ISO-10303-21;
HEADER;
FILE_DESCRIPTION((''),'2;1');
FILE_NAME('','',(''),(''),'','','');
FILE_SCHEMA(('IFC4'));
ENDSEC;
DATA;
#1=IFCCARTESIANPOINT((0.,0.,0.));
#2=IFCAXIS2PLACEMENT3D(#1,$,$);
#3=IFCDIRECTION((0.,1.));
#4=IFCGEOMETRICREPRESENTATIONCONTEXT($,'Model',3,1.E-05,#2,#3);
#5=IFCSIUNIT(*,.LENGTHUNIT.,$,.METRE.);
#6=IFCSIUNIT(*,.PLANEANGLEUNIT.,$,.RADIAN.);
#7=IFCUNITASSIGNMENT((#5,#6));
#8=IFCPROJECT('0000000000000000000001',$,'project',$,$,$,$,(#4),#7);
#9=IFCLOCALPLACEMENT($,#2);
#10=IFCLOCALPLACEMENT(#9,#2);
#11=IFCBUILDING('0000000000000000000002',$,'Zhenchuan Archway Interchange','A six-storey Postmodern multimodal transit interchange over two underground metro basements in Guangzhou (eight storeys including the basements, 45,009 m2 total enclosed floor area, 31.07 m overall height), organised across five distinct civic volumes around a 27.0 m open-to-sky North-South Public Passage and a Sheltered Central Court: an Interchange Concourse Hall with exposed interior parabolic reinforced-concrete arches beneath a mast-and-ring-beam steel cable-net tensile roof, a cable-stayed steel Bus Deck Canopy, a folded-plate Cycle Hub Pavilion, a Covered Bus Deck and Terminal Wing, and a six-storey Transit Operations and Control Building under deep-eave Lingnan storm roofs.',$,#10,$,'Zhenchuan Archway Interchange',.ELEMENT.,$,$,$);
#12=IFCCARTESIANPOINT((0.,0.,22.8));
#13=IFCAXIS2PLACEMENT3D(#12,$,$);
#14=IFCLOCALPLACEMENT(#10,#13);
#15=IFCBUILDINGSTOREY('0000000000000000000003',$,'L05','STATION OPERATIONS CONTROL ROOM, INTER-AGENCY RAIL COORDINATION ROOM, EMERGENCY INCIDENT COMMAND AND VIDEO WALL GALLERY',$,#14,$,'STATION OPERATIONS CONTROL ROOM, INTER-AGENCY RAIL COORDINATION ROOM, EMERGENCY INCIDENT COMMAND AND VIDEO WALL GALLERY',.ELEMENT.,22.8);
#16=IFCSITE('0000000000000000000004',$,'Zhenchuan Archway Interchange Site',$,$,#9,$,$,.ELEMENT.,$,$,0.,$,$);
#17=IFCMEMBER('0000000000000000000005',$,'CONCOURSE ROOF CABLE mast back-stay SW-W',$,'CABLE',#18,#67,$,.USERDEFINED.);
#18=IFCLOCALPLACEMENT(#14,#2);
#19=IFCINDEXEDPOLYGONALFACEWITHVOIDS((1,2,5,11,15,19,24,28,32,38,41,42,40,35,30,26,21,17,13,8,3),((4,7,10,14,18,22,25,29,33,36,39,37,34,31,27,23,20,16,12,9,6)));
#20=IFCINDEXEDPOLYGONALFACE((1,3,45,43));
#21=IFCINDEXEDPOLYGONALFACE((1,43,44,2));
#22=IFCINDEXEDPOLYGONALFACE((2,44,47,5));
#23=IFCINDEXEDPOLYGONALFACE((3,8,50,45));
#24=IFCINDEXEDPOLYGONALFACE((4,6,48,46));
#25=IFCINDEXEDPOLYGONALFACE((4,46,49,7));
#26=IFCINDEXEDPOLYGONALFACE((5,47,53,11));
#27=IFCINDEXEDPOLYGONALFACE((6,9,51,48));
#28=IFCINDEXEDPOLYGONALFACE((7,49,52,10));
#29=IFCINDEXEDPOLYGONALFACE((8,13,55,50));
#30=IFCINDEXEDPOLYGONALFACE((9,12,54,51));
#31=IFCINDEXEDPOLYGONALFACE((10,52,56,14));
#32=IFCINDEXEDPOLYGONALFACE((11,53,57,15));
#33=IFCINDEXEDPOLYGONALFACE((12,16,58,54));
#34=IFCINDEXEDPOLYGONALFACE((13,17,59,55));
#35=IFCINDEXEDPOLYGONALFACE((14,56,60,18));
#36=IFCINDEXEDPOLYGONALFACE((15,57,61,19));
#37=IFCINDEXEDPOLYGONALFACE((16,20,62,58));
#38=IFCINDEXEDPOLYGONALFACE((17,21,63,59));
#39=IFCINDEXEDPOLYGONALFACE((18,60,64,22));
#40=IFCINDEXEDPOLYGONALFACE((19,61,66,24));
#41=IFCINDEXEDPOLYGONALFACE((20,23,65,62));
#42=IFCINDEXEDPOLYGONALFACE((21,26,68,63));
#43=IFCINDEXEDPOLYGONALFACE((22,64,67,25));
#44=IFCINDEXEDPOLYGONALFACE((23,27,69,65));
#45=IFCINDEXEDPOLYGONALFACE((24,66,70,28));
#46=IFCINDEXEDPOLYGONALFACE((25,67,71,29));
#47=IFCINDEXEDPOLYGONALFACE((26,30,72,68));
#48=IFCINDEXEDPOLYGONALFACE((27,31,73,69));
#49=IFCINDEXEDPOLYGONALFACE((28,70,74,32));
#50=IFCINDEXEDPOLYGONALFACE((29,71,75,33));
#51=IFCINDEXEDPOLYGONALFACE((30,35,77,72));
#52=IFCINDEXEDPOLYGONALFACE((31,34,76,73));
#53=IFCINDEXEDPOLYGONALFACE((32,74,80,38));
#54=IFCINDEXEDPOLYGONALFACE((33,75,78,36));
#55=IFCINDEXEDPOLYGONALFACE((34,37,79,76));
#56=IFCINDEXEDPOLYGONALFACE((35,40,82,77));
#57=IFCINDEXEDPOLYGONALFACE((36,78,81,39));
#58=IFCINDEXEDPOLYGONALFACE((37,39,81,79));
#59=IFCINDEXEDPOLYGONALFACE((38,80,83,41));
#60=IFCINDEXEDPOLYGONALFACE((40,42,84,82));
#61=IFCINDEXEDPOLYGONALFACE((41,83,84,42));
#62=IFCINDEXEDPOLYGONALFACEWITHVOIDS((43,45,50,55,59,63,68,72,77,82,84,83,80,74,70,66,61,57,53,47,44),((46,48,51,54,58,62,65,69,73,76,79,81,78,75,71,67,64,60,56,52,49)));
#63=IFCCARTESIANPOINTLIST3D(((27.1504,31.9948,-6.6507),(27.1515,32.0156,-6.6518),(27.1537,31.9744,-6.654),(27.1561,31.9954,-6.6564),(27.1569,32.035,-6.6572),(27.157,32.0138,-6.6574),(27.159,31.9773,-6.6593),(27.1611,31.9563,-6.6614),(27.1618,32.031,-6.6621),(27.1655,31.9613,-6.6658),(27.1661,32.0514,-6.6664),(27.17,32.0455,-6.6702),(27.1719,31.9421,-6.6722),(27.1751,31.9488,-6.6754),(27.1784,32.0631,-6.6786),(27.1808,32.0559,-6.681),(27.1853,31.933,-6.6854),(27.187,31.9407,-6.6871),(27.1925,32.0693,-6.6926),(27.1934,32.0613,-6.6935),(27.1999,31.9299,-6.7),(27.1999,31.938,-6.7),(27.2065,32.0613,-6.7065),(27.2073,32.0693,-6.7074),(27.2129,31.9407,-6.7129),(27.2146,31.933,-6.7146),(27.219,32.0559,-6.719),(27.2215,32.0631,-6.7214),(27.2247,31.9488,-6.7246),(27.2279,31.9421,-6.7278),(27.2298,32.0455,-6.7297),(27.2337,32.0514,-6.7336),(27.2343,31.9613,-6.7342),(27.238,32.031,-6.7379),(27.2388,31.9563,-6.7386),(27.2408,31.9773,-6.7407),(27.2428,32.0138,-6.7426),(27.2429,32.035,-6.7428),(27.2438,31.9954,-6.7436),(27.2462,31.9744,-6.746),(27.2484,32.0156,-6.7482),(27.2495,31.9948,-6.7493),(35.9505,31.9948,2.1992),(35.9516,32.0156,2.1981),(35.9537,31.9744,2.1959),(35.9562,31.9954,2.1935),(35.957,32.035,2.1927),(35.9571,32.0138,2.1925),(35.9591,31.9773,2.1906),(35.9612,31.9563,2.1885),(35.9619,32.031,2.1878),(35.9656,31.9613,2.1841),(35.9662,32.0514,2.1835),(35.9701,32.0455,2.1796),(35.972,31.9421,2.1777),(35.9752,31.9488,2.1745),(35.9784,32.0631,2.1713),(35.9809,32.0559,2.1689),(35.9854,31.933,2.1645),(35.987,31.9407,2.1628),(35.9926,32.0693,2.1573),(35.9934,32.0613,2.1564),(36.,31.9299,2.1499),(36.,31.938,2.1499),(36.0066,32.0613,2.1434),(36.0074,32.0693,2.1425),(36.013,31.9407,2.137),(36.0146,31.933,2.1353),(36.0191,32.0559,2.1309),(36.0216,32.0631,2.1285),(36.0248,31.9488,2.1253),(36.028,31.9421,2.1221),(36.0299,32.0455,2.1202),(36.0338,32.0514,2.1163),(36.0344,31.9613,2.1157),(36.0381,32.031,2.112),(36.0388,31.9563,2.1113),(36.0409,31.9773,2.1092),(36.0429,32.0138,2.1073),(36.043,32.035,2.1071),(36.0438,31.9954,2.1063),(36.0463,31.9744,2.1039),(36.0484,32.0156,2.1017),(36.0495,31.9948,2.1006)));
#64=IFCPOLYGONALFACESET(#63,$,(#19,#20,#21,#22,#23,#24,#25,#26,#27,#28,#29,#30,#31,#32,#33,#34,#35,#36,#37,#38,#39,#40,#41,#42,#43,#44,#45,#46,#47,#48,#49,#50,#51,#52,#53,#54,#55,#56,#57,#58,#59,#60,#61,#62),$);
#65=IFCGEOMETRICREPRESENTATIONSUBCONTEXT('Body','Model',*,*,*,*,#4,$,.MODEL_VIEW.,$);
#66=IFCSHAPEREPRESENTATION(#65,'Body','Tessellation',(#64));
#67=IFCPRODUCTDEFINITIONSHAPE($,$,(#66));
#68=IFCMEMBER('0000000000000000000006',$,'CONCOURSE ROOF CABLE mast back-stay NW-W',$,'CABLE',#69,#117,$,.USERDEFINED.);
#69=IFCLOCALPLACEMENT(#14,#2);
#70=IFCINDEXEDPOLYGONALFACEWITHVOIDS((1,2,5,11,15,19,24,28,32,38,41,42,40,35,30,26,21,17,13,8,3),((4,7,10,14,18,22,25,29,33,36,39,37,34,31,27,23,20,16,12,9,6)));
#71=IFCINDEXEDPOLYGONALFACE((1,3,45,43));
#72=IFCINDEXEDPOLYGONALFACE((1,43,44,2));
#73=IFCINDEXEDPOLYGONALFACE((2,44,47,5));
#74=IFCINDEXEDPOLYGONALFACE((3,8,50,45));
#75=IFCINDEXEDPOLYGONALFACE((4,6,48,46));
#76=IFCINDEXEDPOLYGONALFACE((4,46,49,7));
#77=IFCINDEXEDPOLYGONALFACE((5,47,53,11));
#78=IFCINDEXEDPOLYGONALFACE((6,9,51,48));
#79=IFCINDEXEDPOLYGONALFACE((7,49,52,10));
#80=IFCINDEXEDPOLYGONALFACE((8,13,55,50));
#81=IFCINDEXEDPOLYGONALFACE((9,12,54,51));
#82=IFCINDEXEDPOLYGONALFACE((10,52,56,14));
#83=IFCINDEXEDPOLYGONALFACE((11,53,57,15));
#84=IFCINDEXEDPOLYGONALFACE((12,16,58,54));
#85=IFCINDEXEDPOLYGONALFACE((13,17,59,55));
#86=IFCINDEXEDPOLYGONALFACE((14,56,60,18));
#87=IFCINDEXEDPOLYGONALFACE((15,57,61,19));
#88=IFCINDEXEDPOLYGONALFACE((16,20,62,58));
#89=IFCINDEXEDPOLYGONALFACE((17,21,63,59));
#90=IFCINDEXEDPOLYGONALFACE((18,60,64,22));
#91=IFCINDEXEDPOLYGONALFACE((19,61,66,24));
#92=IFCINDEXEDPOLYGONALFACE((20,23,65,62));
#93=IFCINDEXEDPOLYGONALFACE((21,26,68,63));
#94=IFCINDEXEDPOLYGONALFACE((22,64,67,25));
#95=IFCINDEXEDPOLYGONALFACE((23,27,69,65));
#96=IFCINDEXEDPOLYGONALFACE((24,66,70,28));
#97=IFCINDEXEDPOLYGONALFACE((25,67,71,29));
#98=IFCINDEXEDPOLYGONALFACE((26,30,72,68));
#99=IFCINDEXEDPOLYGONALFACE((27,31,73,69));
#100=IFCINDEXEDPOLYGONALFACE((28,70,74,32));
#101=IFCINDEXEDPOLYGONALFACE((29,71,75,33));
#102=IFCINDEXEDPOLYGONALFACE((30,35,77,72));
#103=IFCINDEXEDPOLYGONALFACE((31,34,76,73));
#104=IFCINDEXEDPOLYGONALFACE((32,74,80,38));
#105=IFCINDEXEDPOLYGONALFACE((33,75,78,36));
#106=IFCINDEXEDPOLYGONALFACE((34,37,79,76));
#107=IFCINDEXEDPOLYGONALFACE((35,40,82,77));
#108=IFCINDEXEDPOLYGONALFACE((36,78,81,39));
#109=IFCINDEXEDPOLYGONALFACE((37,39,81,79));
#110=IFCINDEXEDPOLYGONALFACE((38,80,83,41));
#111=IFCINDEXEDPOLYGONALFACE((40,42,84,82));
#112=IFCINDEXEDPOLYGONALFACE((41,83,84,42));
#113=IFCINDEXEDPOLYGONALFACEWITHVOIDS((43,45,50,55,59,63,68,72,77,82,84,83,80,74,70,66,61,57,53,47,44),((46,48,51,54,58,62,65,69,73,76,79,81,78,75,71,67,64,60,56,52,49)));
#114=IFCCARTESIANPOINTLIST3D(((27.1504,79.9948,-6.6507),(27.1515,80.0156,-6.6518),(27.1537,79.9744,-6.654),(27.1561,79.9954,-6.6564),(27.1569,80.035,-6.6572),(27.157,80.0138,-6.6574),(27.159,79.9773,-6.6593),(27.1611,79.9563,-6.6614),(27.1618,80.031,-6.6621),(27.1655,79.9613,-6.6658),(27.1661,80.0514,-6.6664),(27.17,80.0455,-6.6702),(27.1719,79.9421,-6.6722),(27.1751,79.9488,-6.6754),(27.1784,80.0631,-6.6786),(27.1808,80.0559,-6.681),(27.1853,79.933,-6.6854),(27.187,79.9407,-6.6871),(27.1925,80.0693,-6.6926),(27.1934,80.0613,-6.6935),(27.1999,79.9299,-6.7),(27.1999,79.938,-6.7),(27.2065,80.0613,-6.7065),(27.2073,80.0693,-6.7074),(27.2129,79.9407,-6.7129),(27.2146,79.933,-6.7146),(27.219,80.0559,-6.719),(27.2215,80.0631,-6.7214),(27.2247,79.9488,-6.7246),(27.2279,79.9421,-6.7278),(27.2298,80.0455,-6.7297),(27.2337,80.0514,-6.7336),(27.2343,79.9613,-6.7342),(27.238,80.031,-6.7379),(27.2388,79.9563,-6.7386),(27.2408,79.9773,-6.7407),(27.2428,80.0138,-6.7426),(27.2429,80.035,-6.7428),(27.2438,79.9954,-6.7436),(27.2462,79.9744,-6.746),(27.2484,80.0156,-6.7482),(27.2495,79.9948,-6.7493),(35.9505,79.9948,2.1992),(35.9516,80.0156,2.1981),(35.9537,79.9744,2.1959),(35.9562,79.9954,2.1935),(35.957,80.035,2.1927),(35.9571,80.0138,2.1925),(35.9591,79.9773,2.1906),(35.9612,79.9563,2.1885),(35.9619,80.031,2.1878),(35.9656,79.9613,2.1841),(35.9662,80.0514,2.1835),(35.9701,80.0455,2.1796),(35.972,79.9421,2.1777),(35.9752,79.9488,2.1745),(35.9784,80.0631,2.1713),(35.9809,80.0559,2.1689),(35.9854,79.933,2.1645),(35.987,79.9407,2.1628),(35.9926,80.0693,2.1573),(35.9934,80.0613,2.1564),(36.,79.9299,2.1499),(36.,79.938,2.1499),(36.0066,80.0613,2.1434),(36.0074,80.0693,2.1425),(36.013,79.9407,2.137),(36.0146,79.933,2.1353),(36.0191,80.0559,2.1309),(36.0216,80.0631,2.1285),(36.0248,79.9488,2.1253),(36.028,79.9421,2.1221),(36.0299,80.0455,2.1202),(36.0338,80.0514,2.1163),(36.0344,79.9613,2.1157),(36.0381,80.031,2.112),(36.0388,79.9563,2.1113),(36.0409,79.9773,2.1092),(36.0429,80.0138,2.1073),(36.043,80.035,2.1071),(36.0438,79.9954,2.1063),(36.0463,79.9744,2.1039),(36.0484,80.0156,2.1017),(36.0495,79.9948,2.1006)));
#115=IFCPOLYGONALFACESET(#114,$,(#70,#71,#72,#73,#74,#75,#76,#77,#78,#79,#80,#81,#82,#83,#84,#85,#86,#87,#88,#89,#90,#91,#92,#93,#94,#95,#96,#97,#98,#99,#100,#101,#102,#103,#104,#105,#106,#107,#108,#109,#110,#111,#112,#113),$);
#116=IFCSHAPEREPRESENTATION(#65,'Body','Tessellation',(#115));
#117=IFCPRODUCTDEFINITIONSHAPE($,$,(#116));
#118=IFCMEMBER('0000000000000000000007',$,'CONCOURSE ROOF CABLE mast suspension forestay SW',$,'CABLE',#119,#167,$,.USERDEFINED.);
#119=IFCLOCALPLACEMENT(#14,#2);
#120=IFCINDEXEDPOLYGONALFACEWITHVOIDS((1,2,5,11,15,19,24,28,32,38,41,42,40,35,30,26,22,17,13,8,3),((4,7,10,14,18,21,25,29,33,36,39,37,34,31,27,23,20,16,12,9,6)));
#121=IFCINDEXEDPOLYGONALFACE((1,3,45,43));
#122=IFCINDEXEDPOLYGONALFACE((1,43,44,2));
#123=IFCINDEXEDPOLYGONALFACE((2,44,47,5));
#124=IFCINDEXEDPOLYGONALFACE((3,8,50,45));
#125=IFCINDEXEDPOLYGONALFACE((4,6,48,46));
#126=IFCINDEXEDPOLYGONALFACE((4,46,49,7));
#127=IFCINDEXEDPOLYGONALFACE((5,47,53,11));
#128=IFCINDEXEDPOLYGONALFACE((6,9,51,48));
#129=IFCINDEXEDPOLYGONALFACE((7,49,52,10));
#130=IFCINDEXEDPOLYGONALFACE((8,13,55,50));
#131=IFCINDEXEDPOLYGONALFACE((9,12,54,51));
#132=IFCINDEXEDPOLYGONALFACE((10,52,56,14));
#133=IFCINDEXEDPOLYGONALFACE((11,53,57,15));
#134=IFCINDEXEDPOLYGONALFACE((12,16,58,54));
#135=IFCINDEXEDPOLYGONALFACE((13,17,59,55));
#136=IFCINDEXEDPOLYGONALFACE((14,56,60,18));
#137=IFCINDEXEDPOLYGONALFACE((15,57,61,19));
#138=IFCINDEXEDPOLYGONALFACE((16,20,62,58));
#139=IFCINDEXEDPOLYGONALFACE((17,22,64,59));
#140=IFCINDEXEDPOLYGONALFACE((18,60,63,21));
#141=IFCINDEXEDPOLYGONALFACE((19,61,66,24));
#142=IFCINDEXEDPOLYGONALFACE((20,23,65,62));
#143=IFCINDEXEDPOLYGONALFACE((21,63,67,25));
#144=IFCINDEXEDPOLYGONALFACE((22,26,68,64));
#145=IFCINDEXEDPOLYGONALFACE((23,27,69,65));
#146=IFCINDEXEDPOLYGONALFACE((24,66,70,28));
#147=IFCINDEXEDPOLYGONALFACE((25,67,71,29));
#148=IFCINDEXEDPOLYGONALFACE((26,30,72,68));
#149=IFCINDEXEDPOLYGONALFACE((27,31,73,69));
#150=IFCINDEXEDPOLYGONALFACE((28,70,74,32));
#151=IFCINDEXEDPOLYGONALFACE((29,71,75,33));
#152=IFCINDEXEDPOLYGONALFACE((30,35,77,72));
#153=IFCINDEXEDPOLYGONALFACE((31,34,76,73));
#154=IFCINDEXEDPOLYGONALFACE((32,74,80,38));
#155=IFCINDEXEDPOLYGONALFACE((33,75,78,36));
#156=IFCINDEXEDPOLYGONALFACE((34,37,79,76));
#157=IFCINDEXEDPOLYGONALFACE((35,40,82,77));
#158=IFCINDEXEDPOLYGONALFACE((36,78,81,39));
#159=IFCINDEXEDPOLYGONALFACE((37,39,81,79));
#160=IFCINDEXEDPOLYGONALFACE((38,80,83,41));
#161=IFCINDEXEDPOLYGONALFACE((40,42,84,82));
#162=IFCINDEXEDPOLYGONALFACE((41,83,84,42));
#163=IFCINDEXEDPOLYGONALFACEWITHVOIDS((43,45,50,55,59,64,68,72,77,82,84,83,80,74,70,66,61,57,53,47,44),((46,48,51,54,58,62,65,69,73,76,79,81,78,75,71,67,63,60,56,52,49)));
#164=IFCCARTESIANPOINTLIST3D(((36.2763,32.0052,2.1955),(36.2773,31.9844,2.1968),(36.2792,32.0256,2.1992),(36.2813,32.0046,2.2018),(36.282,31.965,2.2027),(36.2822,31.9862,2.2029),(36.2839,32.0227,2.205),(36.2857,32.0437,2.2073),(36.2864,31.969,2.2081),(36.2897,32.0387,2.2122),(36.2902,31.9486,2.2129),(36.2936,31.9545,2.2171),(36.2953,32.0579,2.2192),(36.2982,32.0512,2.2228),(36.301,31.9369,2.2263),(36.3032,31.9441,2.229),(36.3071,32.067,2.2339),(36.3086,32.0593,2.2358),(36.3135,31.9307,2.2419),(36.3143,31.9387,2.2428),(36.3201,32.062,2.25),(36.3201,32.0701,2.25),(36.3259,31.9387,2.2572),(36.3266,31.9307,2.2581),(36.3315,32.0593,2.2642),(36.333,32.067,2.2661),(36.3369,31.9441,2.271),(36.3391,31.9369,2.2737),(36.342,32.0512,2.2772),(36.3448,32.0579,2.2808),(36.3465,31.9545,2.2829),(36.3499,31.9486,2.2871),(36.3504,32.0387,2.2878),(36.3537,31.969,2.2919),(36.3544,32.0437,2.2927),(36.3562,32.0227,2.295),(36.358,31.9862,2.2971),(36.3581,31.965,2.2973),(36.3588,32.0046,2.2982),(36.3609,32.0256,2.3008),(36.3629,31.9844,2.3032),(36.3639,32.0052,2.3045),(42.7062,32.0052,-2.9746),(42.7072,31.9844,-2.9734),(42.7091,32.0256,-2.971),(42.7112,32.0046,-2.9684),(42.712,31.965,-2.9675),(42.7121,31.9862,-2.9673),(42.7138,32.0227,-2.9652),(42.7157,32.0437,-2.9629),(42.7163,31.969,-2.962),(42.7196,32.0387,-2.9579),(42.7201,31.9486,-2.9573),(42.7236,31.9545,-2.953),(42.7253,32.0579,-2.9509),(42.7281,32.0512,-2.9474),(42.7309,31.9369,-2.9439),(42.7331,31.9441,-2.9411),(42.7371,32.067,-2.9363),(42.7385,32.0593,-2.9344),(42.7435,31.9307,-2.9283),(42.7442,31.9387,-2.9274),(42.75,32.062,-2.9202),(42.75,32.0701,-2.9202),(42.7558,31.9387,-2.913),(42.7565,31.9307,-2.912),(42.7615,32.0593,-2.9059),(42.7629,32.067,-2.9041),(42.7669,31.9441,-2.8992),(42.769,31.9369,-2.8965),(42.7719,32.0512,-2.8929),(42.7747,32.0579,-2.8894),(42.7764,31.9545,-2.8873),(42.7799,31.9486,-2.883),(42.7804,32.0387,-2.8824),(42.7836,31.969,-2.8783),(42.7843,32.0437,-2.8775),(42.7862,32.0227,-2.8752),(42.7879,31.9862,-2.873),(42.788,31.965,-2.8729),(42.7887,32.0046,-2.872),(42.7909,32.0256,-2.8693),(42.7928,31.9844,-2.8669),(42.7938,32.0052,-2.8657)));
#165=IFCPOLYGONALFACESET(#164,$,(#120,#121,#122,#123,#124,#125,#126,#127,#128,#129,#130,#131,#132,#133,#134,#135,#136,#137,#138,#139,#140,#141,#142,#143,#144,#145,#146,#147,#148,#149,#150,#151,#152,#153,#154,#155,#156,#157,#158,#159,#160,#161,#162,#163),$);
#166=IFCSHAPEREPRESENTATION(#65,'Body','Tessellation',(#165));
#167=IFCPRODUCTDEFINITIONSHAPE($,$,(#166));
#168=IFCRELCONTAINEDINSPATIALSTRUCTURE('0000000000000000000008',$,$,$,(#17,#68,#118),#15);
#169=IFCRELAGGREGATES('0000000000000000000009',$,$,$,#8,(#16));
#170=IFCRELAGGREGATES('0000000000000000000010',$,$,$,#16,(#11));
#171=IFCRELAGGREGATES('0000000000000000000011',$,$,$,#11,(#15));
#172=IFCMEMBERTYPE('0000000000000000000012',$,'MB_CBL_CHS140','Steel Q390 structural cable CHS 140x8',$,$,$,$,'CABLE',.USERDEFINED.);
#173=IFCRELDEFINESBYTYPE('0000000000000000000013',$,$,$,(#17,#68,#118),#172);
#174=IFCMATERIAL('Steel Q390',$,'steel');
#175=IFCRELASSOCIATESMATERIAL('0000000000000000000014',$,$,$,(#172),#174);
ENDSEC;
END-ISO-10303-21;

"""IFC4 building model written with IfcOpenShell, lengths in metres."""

from ifc_helpers import new_model, si_unit, direction, frame, origin, origin_2d, place, context, subcontext, project, spatial, hollow_circle, extrude, material, material_profile, profile_set, type_object, element, save


model = new_model("IFC4")

# Units and contexts
model_context = context("Model", 3, precision=1e-05, world=origin(), true_north=direction((0.0, 1.0)))
body_context = subcontext(model_context, "Body", "Model", "MODEL_VIEW")
ifc_project = project(units=[si_unit("LENGTHUNIT", "METRE"), si_unit("PLANEANGLEUNIT", "RADIAN")], contexts=[model_context])

# Site, building, storey
site_placement = place(None, origin())
site = spatial("IfcSite", under=ifc_project, at=site_placement, Name="Zhenchuan Archway Interchange Site", CompositionType="ELEMENT", RefElevation=0.0)
building_placement = place(site_placement, origin())
building = spatial("IfcBuilding", under=site, at=building_placement, Name="Zhenchuan Archway Interchange", Description="A six-storey Postmodern multimodal transit interchange over two underground metro basements in Guangzhou (eight storeys including the basements, 45,009 m2 total enclosed floor area, 31.07 m overall height), organised across five distinct civic volumes around a 27.0 m open-to-sky North-South Public Passage and a Sheltered Central Court: an Interchange Concourse Hall with exposed interior parabolic reinforced-concrete arches beneath a mast-and-ring-beam steel cable-net tensile roof, a cable-stayed steel Bus Deck Canopy, a folded-plate Cycle Hub Pavilion, a Covered Bus Deck and Terminal Wing, and a six-storey Transit Operations and Control Building under deep-eave Lingnan storm roofs.", LongName="Zhenchuan Archway Interchange", CompositionType="ELEMENT")
storey_placement = place(building_placement, frame((0.0, 0.0, 22.8)))
storey = spatial("IfcBuildingStorey", under=building, at=storey_placement, Name="L05", Description="STATION OPERATIONS CONTROL ROOM, INTER-AGENCY RAIL COORDINATION ROOM, EMERGENCY INCIDENT COMMAND AND VIDEO WALL GALLERY", LongName="STATION OPERATIONS CONTROL ROOM, INTER-AGENCY RAIL COORDINATION ROOM, EMERGENCY INCIDENT COMMAND AND VIDEO WALL GALLERY", CompositionType="ELEMENT", Elevation=22.8)

# Shared definitions
ifc_material_1 = material(Name="Steel Q390", Category="steel")

# Members
ifc_material_profile_1 = material_profile(ifc_material_1, hollow_circle(Radius=0.0701, WallThickness=0.0081, at=origin_2d()), Name="CHS 140x8")
ifc_profile_set_1 = profile_set([ifc_material_profile_1], Name="Steel Q390")
member_type_1 = type_object("IfcMemberType", Name="MB_CBL_CHS140", Description="Steel Q390 structural cable CHS 140x8", ElementType="CABLE", PredefinedType="USERDEFINED", material=ifc_profile_set_1)
for number, where, z_axis, x_axis, name in (
    (1, (36.0, 32.0, 2.1499), (-0.705109, 0.0, -0.709099), (0.0, -1.0, 0.0), "CONCOURSE ROOF CABLE mast back-stay SW-W"),
    (2, (36.0, 80.0, 2.1499), (-0.705109, 0.0, -0.709099), (0.0, -1.0, 0.0), "CONCOURSE ROOF CABLE mast back-stay NW-W"),
):
    element("IfcMember", number, at=place(storey_placement, frame(where, z_axis=z_axis, x_axis=x_axis)), inside=storey, type_object=member_type_1, Name=name, ObjectType="CABLE", PredefinedType="USERDEFINED", context=body_context, shape_type="SweptSolid", body=[
        extrude(hollow_circle(Radius=0.0701, WallThickness=0.0081, at=origin_2d()), origin(), (0.0, 0.0, 1.0), 12.4805),
    ])
for number, where, z_axis, x_axis, name in (
    (3, (36.3201, 32.0, 2.25), (0.779316, 0.0, -0.626631), (0.0, 1.0, 0.0), "CONCOURSE ROOF CABLE mast suspension forestay SW"),
):
    element("IfcMember", number, at=place(storey_placement, frame(where, z_axis=z_axis, x_axis=x_axis)), inside=storey, type_object=member_type_1, Name=name, ObjectType="CABLE", PredefinedType="USERDEFINED", context=body_context, shape_type="SweptSolid", body=[
        extrude(hollow_circle(Radius=0.0701, WallThickness=0.0081, at=origin_2d()), origin(), (0.0, 0.0, 1.0), 8.2507),
    ])

save(model, "model.ifc")
